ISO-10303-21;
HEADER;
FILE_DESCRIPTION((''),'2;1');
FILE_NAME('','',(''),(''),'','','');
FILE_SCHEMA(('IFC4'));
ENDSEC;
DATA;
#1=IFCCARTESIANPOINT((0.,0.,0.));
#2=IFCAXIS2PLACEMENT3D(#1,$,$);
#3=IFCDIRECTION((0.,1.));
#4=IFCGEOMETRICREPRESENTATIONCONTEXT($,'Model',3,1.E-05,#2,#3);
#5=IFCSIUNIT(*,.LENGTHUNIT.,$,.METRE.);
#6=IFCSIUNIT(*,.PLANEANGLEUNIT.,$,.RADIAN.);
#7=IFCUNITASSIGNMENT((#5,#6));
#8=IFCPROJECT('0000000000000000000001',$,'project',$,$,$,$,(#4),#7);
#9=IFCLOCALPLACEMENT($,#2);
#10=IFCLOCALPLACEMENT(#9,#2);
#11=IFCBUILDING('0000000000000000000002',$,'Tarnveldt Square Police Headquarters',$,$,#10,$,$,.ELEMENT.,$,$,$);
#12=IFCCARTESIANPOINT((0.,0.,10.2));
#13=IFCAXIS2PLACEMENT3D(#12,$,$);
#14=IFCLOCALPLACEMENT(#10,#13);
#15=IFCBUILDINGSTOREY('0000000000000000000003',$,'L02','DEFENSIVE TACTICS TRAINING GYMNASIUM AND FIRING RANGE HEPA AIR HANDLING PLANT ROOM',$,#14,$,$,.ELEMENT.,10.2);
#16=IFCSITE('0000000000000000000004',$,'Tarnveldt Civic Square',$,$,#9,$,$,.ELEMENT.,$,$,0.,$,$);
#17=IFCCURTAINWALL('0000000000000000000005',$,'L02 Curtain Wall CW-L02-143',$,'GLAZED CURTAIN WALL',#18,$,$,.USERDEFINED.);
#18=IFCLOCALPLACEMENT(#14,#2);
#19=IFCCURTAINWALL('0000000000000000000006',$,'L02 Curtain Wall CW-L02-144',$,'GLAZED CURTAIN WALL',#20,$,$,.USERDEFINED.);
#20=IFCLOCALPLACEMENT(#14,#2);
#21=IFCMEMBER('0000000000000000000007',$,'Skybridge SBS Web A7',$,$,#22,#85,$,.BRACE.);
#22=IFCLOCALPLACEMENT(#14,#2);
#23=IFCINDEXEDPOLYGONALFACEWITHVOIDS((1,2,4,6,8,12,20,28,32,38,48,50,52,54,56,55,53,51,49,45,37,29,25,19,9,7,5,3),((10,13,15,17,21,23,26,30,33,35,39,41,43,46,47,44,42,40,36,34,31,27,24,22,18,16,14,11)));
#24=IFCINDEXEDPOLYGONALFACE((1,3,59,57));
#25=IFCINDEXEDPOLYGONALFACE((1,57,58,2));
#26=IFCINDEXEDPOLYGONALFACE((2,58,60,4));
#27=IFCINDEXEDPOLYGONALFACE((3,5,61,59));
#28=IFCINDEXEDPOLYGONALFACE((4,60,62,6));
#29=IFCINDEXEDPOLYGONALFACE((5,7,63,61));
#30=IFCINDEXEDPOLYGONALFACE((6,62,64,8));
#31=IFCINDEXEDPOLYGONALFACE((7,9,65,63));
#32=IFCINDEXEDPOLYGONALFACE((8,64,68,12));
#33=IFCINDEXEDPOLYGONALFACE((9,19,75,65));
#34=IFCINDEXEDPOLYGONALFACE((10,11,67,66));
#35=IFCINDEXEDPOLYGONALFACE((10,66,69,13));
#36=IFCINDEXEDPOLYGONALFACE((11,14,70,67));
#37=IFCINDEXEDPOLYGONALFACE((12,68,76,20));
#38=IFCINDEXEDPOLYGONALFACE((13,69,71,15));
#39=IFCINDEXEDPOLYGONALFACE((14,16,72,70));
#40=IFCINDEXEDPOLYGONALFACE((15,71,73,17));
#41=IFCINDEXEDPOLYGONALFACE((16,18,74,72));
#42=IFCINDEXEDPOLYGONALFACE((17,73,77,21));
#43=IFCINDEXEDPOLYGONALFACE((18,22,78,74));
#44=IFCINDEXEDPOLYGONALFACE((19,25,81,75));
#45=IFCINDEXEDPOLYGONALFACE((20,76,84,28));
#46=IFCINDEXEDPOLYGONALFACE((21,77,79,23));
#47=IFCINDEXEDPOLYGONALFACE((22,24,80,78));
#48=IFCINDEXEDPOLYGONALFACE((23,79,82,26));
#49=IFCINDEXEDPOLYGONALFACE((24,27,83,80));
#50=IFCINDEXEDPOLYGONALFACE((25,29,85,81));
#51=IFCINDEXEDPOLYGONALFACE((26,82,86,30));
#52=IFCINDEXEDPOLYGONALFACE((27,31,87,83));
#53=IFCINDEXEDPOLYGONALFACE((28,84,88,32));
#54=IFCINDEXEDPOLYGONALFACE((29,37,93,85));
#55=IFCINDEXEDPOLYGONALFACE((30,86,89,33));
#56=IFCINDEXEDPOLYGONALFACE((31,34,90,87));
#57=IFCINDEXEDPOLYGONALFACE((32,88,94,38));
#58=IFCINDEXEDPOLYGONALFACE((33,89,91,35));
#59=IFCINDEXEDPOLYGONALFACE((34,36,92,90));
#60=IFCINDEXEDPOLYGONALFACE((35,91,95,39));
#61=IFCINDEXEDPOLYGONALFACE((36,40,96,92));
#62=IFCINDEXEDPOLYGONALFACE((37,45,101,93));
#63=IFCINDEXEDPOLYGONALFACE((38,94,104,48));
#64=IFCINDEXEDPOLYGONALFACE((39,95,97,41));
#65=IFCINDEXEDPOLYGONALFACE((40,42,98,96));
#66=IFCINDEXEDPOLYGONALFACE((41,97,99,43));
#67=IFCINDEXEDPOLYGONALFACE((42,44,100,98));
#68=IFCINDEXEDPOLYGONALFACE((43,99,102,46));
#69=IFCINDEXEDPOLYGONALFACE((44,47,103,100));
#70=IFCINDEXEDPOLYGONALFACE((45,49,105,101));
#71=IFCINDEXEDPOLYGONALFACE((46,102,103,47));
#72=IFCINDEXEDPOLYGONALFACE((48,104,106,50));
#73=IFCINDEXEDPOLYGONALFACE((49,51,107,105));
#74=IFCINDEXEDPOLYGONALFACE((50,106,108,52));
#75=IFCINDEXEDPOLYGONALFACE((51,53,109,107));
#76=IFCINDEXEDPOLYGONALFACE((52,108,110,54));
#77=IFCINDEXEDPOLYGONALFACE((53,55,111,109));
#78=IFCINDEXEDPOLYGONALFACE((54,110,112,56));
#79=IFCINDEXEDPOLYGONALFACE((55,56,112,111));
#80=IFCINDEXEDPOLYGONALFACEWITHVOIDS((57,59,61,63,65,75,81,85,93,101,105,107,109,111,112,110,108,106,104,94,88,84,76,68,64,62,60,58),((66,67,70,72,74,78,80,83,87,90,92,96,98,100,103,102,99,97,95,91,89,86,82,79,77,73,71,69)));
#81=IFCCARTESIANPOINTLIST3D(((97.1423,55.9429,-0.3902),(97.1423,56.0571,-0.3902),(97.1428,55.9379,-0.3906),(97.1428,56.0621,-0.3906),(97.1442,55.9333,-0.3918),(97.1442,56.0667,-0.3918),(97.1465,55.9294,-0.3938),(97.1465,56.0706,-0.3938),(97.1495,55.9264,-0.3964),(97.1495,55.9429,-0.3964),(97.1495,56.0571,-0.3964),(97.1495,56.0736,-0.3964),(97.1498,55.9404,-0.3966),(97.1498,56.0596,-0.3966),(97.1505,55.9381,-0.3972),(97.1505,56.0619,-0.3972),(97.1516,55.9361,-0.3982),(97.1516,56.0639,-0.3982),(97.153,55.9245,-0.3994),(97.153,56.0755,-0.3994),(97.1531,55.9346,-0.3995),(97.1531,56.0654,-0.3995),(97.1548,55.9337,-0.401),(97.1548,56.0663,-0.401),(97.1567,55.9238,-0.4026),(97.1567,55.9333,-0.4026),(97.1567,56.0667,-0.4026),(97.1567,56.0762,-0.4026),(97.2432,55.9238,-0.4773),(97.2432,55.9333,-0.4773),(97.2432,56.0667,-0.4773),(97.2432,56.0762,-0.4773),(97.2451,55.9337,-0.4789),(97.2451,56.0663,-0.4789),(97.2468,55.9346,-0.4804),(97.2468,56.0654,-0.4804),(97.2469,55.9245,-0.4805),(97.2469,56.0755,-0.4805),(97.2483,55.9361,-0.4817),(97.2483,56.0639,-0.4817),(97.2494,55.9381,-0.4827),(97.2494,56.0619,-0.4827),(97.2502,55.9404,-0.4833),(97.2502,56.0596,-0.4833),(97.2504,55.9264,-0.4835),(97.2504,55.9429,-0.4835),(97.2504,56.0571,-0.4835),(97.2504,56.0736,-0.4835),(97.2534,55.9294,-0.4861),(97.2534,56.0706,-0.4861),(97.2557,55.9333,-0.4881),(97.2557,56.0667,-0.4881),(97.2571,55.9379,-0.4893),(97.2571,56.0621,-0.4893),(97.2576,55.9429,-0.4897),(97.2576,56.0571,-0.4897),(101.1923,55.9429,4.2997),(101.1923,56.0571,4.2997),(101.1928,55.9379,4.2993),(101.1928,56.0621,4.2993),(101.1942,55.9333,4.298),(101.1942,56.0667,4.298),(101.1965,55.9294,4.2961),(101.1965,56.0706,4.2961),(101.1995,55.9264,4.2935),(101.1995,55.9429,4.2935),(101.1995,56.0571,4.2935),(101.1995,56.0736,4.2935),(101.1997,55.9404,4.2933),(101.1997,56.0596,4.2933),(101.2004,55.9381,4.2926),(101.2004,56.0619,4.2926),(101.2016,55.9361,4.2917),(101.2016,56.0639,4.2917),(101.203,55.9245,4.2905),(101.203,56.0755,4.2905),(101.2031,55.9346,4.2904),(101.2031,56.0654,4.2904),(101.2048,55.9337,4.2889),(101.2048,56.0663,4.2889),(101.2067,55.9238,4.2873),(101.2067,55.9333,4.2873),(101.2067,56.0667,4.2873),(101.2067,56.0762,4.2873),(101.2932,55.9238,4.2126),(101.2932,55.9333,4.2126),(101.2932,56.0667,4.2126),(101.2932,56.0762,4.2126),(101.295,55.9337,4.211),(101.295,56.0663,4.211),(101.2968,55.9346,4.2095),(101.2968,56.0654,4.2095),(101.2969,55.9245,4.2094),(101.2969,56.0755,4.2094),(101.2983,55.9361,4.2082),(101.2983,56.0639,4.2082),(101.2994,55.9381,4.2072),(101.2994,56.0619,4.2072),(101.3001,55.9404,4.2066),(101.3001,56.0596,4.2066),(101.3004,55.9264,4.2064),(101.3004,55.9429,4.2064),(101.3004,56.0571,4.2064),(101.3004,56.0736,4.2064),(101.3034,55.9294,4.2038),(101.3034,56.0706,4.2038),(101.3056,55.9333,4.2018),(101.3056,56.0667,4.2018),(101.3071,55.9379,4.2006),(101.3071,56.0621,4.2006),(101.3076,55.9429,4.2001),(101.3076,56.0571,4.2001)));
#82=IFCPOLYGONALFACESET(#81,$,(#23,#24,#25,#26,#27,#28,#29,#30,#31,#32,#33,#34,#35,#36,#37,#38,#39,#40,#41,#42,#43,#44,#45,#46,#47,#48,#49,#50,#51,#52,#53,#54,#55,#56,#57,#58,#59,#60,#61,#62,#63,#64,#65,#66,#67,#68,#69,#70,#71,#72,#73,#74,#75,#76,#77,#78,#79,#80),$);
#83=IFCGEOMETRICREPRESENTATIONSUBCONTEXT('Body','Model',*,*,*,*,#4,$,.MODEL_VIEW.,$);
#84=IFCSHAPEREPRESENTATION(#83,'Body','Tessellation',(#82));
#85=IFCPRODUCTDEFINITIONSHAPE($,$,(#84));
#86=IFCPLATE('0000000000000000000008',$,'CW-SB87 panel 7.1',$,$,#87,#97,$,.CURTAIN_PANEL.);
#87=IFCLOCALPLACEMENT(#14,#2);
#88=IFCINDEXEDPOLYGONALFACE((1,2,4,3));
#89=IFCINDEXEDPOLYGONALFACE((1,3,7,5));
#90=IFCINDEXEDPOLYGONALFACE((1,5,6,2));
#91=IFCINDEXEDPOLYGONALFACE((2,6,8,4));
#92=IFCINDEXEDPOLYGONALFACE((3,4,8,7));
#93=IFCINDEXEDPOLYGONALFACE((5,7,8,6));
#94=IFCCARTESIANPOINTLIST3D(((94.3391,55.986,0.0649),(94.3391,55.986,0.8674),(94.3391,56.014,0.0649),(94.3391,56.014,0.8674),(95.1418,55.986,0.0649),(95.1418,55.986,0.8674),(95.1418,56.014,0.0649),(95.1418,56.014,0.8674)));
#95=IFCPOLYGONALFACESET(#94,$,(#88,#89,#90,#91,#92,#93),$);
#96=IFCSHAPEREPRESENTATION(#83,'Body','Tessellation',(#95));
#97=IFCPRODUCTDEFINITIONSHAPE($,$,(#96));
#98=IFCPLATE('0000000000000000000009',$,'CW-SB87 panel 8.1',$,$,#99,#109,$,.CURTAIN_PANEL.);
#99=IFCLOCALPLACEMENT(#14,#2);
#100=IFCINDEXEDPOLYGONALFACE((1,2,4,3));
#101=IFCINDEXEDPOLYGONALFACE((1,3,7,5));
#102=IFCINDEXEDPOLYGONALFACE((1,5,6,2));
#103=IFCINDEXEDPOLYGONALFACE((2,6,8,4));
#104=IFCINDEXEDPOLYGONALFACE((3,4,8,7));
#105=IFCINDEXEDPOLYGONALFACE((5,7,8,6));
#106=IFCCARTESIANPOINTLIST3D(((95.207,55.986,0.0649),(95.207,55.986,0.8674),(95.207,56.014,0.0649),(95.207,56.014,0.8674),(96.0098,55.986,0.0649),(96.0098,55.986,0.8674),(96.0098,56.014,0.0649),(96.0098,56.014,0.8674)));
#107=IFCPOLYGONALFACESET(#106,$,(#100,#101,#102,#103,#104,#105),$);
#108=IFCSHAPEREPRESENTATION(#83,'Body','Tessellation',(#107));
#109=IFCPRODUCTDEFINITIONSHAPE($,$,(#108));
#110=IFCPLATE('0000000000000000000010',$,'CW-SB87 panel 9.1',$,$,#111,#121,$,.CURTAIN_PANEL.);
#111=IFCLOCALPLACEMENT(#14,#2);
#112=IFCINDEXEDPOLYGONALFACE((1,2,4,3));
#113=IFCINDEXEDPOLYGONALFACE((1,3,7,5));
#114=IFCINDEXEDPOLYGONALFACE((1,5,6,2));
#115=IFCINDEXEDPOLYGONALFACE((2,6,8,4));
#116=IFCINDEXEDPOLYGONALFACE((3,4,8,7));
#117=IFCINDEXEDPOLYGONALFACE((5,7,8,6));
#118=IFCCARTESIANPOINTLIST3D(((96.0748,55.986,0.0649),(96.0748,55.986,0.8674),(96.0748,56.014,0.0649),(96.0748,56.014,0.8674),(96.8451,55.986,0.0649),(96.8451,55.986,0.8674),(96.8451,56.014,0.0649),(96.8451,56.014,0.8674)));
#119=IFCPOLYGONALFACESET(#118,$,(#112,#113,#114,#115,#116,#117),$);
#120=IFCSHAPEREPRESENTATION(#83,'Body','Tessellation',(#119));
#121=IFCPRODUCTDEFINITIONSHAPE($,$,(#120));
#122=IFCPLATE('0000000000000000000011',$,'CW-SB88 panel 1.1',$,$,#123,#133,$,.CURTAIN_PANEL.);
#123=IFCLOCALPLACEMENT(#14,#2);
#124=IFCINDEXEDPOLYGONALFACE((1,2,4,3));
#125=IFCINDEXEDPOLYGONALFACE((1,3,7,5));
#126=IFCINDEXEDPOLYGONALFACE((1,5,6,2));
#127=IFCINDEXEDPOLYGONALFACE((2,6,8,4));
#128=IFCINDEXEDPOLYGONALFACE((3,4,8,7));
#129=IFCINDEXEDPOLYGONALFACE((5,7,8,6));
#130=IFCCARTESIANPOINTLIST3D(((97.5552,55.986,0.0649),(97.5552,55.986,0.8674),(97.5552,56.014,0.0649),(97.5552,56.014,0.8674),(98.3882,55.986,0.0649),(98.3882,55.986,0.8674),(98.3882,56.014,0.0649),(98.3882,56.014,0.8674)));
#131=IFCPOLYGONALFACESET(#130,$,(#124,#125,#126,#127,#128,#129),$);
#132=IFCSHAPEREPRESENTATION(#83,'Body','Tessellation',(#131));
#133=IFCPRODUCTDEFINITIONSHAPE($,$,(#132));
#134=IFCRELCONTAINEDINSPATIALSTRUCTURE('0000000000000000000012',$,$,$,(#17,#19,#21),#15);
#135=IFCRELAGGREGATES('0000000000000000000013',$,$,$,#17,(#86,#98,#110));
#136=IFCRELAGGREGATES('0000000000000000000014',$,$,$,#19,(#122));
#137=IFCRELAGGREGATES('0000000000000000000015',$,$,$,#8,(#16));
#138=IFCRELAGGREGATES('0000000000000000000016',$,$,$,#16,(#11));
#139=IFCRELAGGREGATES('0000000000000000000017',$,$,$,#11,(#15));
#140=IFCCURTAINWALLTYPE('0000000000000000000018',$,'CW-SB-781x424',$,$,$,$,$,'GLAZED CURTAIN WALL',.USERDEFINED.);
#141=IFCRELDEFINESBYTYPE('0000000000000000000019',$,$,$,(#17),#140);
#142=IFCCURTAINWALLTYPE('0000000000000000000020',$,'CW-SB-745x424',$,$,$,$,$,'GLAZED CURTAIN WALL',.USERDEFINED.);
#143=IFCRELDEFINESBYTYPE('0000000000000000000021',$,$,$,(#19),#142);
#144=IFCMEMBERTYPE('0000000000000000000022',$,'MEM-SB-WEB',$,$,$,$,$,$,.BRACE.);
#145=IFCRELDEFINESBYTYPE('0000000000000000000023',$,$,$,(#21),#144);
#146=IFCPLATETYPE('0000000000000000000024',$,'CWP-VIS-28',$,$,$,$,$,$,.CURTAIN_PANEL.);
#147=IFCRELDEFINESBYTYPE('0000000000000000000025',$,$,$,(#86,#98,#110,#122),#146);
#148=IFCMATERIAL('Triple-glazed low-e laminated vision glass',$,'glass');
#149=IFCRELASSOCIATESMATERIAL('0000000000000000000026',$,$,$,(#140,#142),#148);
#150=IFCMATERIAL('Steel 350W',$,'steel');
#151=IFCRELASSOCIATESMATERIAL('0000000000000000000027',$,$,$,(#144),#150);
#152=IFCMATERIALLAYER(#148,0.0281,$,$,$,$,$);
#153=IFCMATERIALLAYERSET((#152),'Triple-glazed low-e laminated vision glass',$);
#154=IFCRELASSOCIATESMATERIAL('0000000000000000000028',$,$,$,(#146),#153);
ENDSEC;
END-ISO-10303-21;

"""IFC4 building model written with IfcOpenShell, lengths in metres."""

from ifc_helpers import new_model, si_unit, direction, frame, origin, origin_2d, place, context, subcontext, project, spatial, rectangle, hollow_rectangle, extrude, material, layer, layer_set, material_profile, profile_set, type_object, element, aggregate, save


model = new_model("IFC4")

# Units and contexts
model_context = context("Model", 3, precision=1e-05, world=origin(), true_north=direction((0.0, 1.0)))
body_context = subcontext(model_context, "Body", "Model", "MODEL_VIEW")
ifc_project = project(units=[si_unit("LENGTHUNIT", "METRE"), si_unit("PLANEANGLEUNIT", "RADIAN")], contexts=[model_context])

# Site, building, storey
site_placement = place(None, origin())
site = spatial("IfcSite", under=ifc_project, at=site_placement, Name="Tarnveldt Civic Square", CompositionType="ELEMENT", RefElevation=0.0)
building_placement = place(site_placement, origin())
building = spatial("IfcBuilding", under=site, at=building_placement, Name="Tarnveldt Square Police Headquarters", CompositionType="ELEMENT")
storey_placement = place(building_placement, frame((0.0, 0.0, 10.2)))
storey = spatial("IfcBuildingStorey", under=building, at=storey_placement, Name="L02", Description="DEFENSIVE TACTICS TRAINING GYMNASIUM AND FIRING RANGE HEPA AIR HANDLING PLANT ROOM", CompositionType="ELEMENT", Elevation=10.2)

# Shared definitions
ifc_material_1 = material(Name="Steel 350W", Category="steel")

# Curtain wall
ifc_material_2 = material(Name="Triple-glazed low-e laminated vision glass", Category="glass")
curtain_wall_type_1 = type_object("IfcCurtainWallType", Name="CW-SB-781x424", ElementType="GLAZED CURTAIN WALL", PredefinedType="USERDEFINED", material=ifc_material_2)
curtain_wall_1_placement = place(storey_placement, origin())
curtain_wall_1 = element("IfcCurtainWall", 1, at=curtain_wall_1_placement, inside=storey, type_object=curtain_wall_type_1, Name="L02 Curtain Wall CW-L02-143", ObjectType="GLAZED CURTAIN WALL", PredefinedType="USERDEFINED")

# Curtain wall
curtain_wall_type_2 = type_object("IfcCurtainWallType", Name="CW-SB-745x424", ElementType="GLAZED CURTAIN WALL", PredefinedType="USERDEFINED", material=ifc_material_2)
curtain_wall_2_placement = place(storey_placement, origin())
curtain_wall_2 = element("IfcCurtainWall", 2, at=curtain_wall_2_placement, inside=storey, type_object=curtain_wall_type_2, Name="L02 Curtain Wall CW-L02-144", ObjectType="GLAZED CURTAIN WALL", PredefinedType="USERDEFINED")

# Member
ifc_material_profile_1 = material_profile(ifc_material_1, hollow_rectangle(XDim=0.1523, YDim=0.1523, WallThickness=0.0095, InnerFilletRadius=0.0095, OuterFilletRadius=0.019, at=origin_2d()), Name="HSS152x152x9.5")
ifc_profile_set_1 = profile_set([ifc_material_profile_1], Name="Steel 350W")
member_type_1 = type_object("IfcMemberType", Name="MEM-SB-WEB", PredefinedType="BRACE", material=ifc_profile_set_1)
for number, where, z_axis, x_axis, name in (
    (3, (97.2, 56.0, -0.4399), (0.653587, 0.0, 0.756851), (0.0, 1.0, 0.0), "Skybridge SBS Web A7"),
):
    element("IfcMember", number, at=place(storey_placement, frame(where, z_axis=z_axis, x_axis=x_axis)), inside=storey, type_object=member_type_1, Name=name, PredefinedType="BRACE", context=body_context, shape_type="SweptSolid", body=[
        extrude(hollow_rectangle(XDim=0.1523, YDim=0.1523, WallThickness=0.0095, InnerFilletRadius=0.0095, OuterFilletRadius=0.019, at=origin_2d()), origin(), (0.0, 0.0, 1.0), 6.1965),
    ])

# Plates
ifc_layer = layer(ifc_material_2, 0.0281)
ifc_layer_set = layer_set([ifc_layer], Name="Triple-glazed low-e laminated vision glass")
plate_type = type_object("IfcPlateType", Name="CWP-VIS-28", PredefinedType="CURTAIN_PANEL", material=ifc_layer_set)
plate_1_placement = place(storey_placement, frame((94.7405, 56.0, 0.0649), z_axis=(0.0, 0.0, 1.0), x_axis=(1.0, 0.0, 0.0)))
plate_1 = element("IfcPlate", 4, at=plate_1_placement, type_object=plate_type, Name="CW-SB87 panel 7.1", PredefinedType="CURTAIN_PANEL", context=body_context, shape_type="SweptSolid", body=[
    extrude(rectangle(XDim=0.8027, YDim=0.0281, at=origin_2d()), origin(), (0.0, 0.0, 1.0), 0.8025),
])
plate_2_placement = place(storey_placement, frame((95.6084, 56.0, 0.0649), z_axis=(0.0, 0.0, 1.0), x_axis=(1.0, 0.0, 0.0)))
plate_2 = element("IfcPlate", 5, at=plate_2_placement, type_object=plate_type, Name="CW-SB87 panel 8.1", PredefinedType="CURTAIN_PANEL", context=body_context, shape_type="SweptSolid", body=[
    extrude(rectangle(XDim=0.8027, YDim=0.0281, at=origin_2d()), origin(), (0.0, 0.0, 1.0), 0.8025),
])
plate_3_placement = place(storey_placement, frame((96.46, 56.0, 0.0649), z_axis=(0.0, 0.0, 1.0), x_axis=(1.0, 0.0, 0.0)))
plate_3 = element("IfcPlate", 6, at=plate_3_placement, type_object=plate_type, Name="CW-SB87 panel 9.1", PredefinedType="CURTAIN_PANEL", context=body_context, shape_type="SweptSolid", body=[
    extrude(rectangle(XDim=0.7703, YDim=0.0281, at=origin_2d()), origin(), (0.0, 0.0, 1.0), 0.8025),
])
aggregate(curtain_wall_1, [plate_1, plate_2, plate_3])
plate_4_placement = place(storey_placement, frame((97.9717, 56.0, 0.0649), z_axis=(0.0, 0.0, 1.0), x_axis=(1.0, 0.0, 0.0)))
plate_4 = element("IfcPlate", 7, at=plate_4_placement, type_object=plate_type, Name="CW-SB88 panel 1.1", PredefinedType="CURTAIN_PANEL", context=body_context, shape_type="SweptSolid", body=[
    extrude(rectangle(XDim=0.833, YDim=0.0281, at=origin_2d()), origin(), (0.0, 0.0, 1.0), 0.8025),
])
aggregate(curtain_wall_2, [plate_4])

save(model, "model.ifc")
